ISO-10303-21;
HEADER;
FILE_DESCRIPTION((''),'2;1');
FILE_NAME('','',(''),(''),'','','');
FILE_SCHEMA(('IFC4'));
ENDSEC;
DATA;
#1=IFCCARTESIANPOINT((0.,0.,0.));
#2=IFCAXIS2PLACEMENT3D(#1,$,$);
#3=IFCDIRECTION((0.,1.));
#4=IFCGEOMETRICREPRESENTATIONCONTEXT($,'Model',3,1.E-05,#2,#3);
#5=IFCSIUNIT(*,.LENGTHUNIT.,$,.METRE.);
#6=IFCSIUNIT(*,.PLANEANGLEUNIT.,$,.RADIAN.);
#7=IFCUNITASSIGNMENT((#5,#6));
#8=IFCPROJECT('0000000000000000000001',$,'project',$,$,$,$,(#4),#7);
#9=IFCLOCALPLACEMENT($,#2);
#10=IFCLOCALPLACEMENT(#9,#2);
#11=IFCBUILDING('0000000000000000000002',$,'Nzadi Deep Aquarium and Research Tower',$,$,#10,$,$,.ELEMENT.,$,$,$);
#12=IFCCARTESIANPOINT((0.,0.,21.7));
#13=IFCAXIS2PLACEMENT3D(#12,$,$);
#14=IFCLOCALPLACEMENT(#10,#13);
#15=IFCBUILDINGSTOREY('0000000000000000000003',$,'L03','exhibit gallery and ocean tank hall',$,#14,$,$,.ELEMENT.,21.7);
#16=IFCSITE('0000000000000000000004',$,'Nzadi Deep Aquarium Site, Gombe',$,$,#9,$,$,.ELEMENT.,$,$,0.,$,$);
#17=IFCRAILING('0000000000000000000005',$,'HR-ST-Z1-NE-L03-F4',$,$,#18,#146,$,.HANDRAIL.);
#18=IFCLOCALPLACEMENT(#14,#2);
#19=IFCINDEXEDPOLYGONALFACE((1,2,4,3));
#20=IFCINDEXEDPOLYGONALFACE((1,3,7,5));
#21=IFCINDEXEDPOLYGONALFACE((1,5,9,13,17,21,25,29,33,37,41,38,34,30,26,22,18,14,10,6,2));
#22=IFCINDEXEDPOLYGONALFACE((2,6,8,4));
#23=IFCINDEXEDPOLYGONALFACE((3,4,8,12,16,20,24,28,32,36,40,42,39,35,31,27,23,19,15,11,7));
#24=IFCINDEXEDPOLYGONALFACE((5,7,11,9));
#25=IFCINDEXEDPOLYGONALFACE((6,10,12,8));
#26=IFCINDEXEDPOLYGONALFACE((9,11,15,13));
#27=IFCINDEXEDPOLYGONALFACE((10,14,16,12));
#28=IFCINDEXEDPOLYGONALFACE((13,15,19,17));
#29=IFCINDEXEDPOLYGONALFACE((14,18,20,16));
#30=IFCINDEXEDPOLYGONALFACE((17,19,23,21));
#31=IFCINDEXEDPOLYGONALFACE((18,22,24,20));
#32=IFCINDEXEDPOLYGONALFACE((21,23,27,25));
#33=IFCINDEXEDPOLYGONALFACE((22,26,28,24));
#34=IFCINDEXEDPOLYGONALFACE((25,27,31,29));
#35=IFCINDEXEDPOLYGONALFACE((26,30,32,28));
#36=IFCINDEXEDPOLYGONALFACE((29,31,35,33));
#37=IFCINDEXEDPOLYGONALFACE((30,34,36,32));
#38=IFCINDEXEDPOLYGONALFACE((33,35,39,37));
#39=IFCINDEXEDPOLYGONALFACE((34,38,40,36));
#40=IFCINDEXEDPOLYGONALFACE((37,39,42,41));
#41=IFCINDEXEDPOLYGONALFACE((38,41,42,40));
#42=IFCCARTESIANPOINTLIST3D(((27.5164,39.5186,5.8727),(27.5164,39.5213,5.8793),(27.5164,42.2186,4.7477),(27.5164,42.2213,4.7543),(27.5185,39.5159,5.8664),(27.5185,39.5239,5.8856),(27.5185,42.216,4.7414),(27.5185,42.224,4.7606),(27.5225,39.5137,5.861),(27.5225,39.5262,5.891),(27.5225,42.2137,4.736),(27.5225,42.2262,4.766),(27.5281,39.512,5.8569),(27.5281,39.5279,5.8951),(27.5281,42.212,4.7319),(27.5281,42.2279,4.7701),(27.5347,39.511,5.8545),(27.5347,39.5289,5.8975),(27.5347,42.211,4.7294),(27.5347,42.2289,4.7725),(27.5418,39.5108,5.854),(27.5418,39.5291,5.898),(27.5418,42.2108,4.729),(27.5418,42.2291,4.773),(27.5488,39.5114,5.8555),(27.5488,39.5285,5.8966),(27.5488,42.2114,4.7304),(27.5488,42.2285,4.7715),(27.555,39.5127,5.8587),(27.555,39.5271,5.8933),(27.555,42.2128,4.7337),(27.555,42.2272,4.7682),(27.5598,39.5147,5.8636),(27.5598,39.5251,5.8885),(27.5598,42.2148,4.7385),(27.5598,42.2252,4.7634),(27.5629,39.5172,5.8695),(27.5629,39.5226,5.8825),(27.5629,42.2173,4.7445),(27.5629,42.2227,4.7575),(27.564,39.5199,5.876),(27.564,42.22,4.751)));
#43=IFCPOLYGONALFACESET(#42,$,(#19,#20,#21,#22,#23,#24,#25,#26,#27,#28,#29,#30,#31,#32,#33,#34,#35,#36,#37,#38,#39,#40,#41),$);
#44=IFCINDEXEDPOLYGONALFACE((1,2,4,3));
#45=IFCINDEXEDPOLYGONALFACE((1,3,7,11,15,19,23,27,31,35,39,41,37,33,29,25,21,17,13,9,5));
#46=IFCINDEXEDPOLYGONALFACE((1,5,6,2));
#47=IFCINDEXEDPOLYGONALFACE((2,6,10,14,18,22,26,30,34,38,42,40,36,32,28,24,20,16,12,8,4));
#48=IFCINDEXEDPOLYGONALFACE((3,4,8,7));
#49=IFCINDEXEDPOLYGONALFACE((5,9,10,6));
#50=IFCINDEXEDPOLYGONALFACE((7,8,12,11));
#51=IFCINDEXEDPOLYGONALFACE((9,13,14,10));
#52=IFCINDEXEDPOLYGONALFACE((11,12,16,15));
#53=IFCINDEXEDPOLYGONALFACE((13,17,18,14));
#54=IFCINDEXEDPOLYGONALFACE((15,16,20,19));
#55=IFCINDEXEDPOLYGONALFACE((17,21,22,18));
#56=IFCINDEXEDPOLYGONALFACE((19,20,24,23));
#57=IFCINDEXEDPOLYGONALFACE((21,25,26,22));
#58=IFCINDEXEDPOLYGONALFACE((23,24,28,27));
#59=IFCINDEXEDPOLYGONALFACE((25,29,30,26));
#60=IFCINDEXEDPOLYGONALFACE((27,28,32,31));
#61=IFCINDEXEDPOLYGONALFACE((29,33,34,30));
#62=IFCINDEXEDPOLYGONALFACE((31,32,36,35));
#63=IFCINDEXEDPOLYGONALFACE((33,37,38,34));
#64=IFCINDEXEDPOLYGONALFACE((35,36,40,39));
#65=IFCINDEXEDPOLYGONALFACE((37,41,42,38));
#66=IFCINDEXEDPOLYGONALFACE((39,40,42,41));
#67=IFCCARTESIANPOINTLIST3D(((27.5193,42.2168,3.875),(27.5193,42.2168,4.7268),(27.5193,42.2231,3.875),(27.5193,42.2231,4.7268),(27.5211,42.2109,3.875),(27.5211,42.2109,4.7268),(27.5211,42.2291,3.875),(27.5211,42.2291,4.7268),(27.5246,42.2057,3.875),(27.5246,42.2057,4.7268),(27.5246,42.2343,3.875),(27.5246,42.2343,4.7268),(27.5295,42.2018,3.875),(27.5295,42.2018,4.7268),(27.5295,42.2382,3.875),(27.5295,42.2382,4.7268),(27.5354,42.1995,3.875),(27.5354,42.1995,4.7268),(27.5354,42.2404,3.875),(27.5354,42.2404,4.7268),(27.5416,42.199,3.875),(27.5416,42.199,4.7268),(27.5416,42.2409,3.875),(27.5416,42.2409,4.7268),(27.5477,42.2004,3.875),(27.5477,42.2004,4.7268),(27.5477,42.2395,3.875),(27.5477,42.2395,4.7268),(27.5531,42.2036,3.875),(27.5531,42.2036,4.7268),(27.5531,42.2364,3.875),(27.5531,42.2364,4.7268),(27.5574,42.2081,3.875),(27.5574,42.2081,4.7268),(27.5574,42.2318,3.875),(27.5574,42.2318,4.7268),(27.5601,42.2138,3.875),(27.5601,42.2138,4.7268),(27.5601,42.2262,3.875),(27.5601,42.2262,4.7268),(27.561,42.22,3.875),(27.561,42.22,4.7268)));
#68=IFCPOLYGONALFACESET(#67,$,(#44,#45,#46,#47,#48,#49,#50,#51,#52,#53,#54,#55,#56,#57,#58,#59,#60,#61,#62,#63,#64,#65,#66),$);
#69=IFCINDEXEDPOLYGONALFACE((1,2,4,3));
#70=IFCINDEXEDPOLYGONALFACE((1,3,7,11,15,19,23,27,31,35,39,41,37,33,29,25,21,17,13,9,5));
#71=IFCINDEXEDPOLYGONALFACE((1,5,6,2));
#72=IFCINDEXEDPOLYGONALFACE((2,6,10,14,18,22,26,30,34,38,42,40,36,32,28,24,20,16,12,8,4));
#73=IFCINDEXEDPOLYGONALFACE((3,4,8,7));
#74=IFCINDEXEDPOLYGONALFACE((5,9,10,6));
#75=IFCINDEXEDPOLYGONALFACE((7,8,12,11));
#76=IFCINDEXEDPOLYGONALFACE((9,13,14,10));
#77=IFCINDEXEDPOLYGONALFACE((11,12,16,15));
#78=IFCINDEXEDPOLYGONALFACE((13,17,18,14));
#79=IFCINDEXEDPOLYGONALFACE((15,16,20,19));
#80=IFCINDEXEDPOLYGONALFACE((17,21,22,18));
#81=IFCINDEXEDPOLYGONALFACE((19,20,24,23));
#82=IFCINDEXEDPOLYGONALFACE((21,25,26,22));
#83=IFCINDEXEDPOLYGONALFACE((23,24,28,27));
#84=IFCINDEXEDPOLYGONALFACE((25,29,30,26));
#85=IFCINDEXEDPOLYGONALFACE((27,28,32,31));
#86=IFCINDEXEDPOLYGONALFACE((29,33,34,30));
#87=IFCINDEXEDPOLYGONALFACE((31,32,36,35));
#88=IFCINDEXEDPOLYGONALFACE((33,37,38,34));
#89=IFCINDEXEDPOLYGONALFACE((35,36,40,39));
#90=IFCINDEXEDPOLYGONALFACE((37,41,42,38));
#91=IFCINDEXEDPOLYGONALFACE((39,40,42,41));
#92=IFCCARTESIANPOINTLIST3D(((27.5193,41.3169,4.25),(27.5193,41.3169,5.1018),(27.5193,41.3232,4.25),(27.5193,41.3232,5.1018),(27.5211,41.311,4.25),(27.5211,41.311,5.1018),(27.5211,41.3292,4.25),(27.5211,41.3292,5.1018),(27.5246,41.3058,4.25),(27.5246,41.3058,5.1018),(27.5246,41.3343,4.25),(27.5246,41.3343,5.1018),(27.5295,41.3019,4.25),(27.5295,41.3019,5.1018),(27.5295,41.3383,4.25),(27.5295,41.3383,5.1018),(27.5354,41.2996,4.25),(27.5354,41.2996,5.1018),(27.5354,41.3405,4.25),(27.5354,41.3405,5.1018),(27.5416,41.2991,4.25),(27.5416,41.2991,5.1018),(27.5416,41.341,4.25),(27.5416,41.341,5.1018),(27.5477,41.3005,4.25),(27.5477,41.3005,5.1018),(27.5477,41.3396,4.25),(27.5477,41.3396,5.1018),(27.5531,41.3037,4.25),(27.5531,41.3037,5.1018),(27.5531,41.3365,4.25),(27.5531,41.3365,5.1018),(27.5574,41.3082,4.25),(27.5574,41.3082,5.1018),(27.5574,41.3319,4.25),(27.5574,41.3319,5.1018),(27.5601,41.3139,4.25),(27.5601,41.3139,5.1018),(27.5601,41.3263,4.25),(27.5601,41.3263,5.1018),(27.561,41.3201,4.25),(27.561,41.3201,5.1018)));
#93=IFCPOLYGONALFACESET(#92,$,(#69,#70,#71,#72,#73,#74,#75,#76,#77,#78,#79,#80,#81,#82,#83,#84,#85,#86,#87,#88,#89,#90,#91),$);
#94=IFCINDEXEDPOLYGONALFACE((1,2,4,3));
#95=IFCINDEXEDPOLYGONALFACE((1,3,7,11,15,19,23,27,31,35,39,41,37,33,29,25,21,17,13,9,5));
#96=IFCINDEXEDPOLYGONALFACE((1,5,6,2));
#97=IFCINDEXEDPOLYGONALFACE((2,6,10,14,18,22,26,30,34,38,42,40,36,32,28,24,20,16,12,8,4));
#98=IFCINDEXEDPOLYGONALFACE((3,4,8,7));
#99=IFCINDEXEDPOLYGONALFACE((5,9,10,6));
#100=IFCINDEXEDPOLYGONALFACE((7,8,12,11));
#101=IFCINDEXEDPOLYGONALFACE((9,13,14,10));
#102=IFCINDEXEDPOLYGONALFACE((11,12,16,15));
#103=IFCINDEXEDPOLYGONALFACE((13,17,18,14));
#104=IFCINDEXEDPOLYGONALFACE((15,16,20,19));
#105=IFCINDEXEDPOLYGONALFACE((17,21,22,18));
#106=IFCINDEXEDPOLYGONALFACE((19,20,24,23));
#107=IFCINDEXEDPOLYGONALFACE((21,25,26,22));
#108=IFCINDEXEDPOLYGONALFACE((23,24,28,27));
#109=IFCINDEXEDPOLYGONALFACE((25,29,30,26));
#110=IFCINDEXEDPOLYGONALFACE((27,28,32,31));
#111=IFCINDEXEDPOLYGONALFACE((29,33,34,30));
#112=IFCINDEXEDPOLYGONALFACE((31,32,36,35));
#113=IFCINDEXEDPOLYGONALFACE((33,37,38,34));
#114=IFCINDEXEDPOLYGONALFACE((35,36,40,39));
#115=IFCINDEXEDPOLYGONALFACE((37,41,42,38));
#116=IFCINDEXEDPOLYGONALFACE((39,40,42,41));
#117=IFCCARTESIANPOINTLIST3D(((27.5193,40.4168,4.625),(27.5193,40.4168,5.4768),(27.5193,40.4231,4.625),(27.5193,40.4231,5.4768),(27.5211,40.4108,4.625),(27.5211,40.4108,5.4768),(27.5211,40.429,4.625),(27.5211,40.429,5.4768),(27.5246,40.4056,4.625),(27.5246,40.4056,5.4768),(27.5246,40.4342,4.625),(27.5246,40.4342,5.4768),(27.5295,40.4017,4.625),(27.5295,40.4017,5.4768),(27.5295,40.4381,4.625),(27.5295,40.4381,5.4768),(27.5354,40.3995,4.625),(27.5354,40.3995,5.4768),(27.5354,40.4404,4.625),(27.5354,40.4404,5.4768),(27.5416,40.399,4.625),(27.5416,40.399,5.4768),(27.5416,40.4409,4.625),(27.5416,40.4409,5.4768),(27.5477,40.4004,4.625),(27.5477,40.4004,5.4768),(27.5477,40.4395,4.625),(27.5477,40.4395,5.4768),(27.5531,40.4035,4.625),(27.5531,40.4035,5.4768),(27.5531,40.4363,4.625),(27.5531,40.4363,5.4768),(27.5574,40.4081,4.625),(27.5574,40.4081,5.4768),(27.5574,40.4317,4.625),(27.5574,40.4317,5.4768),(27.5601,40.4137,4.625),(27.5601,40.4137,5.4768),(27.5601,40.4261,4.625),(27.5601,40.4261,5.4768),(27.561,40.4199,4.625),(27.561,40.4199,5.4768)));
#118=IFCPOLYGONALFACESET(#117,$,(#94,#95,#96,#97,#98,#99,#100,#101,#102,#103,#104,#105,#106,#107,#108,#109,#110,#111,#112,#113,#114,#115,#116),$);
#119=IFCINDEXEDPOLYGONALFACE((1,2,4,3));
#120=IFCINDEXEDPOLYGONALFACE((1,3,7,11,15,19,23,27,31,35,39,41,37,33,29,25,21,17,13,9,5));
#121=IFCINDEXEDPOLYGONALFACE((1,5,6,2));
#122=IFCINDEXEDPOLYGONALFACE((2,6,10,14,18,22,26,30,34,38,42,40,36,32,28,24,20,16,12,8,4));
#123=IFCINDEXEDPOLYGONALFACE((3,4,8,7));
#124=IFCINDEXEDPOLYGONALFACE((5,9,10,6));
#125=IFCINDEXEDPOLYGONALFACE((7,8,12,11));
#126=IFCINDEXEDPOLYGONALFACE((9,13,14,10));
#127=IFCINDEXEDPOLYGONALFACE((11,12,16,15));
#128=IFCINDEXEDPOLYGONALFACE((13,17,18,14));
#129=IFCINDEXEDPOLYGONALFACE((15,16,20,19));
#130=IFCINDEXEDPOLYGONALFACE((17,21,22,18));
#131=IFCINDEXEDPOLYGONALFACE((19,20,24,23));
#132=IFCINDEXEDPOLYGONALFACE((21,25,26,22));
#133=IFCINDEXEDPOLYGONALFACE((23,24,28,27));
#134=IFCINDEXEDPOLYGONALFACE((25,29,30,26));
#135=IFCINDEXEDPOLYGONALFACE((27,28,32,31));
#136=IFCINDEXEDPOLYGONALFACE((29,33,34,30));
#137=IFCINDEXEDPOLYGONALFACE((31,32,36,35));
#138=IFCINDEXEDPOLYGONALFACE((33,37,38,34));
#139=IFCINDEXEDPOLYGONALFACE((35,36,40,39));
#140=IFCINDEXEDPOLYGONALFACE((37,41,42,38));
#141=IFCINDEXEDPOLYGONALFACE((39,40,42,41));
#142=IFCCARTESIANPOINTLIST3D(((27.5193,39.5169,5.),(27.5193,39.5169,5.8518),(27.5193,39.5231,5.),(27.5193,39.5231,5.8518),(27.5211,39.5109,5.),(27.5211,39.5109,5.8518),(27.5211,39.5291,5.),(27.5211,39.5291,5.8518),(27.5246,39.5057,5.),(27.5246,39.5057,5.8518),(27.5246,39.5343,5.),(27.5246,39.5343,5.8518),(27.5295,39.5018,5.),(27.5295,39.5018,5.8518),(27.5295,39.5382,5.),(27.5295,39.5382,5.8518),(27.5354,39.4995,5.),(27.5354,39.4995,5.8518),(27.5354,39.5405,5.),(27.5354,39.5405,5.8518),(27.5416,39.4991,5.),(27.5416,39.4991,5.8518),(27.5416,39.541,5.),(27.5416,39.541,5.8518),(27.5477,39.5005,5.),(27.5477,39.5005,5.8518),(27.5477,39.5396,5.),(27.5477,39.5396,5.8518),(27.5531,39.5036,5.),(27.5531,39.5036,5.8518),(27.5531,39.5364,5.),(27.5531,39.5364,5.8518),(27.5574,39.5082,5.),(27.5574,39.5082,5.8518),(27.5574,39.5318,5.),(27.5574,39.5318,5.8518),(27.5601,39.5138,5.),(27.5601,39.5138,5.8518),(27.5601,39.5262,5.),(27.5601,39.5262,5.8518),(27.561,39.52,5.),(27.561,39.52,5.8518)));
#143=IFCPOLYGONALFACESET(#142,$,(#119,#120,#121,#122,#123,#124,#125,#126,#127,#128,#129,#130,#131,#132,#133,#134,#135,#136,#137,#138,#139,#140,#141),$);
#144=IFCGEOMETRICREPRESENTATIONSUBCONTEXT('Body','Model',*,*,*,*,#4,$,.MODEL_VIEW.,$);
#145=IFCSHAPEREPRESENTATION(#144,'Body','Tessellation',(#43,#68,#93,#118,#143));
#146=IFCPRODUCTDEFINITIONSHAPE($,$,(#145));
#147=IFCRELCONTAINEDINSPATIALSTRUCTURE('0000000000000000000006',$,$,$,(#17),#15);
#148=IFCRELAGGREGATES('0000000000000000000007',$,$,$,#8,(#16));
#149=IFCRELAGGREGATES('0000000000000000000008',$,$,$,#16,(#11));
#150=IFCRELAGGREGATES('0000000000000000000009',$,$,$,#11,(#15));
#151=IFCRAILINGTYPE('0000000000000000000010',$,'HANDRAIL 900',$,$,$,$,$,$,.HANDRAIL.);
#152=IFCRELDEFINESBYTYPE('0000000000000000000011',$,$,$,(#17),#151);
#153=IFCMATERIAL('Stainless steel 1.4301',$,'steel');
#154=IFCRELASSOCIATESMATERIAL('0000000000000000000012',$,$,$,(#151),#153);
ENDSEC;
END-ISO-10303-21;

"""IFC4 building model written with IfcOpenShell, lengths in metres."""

from ifc_helpers import new_model, si_unit, direction, frame, origin, origin_2d, place, context, subcontext, project, spatial, circle, extrude, material, type_object, element, save


model = new_model("IFC4")

# Units and contexts
model_context = context("Model", 3, precision=1e-05, world=origin(), true_north=direction((0.0, 1.0)))
body_context = subcontext(model_context, "Body", "Model", "MODEL_VIEW")
ifc_project = project(units=[si_unit("LENGTHUNIT", "METRE"), si_unit("PLANEANGLEUNIT", "RADIAN")], contexts=[model_context])

# Site, building, storey
site_placement = place(None, origin())
site = spatial("IfcSite", under=ifc_project, at=site_placement, Name="Nzadi Deep Aquarium Site, Gombe", CompositionType="ELEMENT", RefElevation=0.0)
building_placement = place(site_placement, origin())
building = spatial("IfcBuilding", under=site, at=building_placement, Name="Nzadi Deep Aquarium and Research Tower", CompositionType="ELEMENT")
storey_placement = place(building_placement, frame((0.0, 0.0, 21.7)))
storey = spatial("IfcBuildingStorey", under=building, at=storey_placement, Name="L03", Description="exhibit gallery and ocean tank hall", CompositionType="ELEMENT", Elevation=21.7)

# Railing
ifc_material_1 = material(Name="Stainless steel 1.4301", Category="steel")
railing_type = type_object("IfcRailingType", Name="HANDRAIL 900", PredefinedType="HANDRAIL", material=ifc_material_1)
for number, where, name in (
    (1, (27.54, 42.22, 3.875), "HR-ST-Z1-NE-L03-F4"),
):
    element("IfcRailing", number, at=place(storey_placement, frame(where)), inside=storey, type_object=railing_type, Name=name, PredefinedType="HANDRAIL", context=body_context, shape_type="SweptSolid", body=[
        extrude(circle(Radius=0.0239, at=origin_2d()), frame((0.0, 0.0, 0.876), z_axis=(0.0, -0.923074, 0.384621), x_axis=(1.0, 0.0, 0.0)), (0.0, 0.0, 1.0), 2.925),
        extrude(circle(Radius=0.021, at=origin_2d()), origin(), (0.0, 0.0, 1.0), 0.8518),
        extrude(circle(Radius=0.021, at=origin_2d()), frame((0.0, -0.8999, 0.375)), (0.0, 0.0, 1.0), 0.8518),
        extrude(circle(Radius=0.021, at=origin_2d()), frame((0.0, -1.8, 0.75)), (0.0, 0.0, 1.0), 0.8518),
        extrude(circle(Radius=0.021, at=origin_2d()), frame((0.0, -2.7, 1.125)), (0.0, 0.0, 1.0), 0.8518),
    ])

save(model, "model.ifc")
